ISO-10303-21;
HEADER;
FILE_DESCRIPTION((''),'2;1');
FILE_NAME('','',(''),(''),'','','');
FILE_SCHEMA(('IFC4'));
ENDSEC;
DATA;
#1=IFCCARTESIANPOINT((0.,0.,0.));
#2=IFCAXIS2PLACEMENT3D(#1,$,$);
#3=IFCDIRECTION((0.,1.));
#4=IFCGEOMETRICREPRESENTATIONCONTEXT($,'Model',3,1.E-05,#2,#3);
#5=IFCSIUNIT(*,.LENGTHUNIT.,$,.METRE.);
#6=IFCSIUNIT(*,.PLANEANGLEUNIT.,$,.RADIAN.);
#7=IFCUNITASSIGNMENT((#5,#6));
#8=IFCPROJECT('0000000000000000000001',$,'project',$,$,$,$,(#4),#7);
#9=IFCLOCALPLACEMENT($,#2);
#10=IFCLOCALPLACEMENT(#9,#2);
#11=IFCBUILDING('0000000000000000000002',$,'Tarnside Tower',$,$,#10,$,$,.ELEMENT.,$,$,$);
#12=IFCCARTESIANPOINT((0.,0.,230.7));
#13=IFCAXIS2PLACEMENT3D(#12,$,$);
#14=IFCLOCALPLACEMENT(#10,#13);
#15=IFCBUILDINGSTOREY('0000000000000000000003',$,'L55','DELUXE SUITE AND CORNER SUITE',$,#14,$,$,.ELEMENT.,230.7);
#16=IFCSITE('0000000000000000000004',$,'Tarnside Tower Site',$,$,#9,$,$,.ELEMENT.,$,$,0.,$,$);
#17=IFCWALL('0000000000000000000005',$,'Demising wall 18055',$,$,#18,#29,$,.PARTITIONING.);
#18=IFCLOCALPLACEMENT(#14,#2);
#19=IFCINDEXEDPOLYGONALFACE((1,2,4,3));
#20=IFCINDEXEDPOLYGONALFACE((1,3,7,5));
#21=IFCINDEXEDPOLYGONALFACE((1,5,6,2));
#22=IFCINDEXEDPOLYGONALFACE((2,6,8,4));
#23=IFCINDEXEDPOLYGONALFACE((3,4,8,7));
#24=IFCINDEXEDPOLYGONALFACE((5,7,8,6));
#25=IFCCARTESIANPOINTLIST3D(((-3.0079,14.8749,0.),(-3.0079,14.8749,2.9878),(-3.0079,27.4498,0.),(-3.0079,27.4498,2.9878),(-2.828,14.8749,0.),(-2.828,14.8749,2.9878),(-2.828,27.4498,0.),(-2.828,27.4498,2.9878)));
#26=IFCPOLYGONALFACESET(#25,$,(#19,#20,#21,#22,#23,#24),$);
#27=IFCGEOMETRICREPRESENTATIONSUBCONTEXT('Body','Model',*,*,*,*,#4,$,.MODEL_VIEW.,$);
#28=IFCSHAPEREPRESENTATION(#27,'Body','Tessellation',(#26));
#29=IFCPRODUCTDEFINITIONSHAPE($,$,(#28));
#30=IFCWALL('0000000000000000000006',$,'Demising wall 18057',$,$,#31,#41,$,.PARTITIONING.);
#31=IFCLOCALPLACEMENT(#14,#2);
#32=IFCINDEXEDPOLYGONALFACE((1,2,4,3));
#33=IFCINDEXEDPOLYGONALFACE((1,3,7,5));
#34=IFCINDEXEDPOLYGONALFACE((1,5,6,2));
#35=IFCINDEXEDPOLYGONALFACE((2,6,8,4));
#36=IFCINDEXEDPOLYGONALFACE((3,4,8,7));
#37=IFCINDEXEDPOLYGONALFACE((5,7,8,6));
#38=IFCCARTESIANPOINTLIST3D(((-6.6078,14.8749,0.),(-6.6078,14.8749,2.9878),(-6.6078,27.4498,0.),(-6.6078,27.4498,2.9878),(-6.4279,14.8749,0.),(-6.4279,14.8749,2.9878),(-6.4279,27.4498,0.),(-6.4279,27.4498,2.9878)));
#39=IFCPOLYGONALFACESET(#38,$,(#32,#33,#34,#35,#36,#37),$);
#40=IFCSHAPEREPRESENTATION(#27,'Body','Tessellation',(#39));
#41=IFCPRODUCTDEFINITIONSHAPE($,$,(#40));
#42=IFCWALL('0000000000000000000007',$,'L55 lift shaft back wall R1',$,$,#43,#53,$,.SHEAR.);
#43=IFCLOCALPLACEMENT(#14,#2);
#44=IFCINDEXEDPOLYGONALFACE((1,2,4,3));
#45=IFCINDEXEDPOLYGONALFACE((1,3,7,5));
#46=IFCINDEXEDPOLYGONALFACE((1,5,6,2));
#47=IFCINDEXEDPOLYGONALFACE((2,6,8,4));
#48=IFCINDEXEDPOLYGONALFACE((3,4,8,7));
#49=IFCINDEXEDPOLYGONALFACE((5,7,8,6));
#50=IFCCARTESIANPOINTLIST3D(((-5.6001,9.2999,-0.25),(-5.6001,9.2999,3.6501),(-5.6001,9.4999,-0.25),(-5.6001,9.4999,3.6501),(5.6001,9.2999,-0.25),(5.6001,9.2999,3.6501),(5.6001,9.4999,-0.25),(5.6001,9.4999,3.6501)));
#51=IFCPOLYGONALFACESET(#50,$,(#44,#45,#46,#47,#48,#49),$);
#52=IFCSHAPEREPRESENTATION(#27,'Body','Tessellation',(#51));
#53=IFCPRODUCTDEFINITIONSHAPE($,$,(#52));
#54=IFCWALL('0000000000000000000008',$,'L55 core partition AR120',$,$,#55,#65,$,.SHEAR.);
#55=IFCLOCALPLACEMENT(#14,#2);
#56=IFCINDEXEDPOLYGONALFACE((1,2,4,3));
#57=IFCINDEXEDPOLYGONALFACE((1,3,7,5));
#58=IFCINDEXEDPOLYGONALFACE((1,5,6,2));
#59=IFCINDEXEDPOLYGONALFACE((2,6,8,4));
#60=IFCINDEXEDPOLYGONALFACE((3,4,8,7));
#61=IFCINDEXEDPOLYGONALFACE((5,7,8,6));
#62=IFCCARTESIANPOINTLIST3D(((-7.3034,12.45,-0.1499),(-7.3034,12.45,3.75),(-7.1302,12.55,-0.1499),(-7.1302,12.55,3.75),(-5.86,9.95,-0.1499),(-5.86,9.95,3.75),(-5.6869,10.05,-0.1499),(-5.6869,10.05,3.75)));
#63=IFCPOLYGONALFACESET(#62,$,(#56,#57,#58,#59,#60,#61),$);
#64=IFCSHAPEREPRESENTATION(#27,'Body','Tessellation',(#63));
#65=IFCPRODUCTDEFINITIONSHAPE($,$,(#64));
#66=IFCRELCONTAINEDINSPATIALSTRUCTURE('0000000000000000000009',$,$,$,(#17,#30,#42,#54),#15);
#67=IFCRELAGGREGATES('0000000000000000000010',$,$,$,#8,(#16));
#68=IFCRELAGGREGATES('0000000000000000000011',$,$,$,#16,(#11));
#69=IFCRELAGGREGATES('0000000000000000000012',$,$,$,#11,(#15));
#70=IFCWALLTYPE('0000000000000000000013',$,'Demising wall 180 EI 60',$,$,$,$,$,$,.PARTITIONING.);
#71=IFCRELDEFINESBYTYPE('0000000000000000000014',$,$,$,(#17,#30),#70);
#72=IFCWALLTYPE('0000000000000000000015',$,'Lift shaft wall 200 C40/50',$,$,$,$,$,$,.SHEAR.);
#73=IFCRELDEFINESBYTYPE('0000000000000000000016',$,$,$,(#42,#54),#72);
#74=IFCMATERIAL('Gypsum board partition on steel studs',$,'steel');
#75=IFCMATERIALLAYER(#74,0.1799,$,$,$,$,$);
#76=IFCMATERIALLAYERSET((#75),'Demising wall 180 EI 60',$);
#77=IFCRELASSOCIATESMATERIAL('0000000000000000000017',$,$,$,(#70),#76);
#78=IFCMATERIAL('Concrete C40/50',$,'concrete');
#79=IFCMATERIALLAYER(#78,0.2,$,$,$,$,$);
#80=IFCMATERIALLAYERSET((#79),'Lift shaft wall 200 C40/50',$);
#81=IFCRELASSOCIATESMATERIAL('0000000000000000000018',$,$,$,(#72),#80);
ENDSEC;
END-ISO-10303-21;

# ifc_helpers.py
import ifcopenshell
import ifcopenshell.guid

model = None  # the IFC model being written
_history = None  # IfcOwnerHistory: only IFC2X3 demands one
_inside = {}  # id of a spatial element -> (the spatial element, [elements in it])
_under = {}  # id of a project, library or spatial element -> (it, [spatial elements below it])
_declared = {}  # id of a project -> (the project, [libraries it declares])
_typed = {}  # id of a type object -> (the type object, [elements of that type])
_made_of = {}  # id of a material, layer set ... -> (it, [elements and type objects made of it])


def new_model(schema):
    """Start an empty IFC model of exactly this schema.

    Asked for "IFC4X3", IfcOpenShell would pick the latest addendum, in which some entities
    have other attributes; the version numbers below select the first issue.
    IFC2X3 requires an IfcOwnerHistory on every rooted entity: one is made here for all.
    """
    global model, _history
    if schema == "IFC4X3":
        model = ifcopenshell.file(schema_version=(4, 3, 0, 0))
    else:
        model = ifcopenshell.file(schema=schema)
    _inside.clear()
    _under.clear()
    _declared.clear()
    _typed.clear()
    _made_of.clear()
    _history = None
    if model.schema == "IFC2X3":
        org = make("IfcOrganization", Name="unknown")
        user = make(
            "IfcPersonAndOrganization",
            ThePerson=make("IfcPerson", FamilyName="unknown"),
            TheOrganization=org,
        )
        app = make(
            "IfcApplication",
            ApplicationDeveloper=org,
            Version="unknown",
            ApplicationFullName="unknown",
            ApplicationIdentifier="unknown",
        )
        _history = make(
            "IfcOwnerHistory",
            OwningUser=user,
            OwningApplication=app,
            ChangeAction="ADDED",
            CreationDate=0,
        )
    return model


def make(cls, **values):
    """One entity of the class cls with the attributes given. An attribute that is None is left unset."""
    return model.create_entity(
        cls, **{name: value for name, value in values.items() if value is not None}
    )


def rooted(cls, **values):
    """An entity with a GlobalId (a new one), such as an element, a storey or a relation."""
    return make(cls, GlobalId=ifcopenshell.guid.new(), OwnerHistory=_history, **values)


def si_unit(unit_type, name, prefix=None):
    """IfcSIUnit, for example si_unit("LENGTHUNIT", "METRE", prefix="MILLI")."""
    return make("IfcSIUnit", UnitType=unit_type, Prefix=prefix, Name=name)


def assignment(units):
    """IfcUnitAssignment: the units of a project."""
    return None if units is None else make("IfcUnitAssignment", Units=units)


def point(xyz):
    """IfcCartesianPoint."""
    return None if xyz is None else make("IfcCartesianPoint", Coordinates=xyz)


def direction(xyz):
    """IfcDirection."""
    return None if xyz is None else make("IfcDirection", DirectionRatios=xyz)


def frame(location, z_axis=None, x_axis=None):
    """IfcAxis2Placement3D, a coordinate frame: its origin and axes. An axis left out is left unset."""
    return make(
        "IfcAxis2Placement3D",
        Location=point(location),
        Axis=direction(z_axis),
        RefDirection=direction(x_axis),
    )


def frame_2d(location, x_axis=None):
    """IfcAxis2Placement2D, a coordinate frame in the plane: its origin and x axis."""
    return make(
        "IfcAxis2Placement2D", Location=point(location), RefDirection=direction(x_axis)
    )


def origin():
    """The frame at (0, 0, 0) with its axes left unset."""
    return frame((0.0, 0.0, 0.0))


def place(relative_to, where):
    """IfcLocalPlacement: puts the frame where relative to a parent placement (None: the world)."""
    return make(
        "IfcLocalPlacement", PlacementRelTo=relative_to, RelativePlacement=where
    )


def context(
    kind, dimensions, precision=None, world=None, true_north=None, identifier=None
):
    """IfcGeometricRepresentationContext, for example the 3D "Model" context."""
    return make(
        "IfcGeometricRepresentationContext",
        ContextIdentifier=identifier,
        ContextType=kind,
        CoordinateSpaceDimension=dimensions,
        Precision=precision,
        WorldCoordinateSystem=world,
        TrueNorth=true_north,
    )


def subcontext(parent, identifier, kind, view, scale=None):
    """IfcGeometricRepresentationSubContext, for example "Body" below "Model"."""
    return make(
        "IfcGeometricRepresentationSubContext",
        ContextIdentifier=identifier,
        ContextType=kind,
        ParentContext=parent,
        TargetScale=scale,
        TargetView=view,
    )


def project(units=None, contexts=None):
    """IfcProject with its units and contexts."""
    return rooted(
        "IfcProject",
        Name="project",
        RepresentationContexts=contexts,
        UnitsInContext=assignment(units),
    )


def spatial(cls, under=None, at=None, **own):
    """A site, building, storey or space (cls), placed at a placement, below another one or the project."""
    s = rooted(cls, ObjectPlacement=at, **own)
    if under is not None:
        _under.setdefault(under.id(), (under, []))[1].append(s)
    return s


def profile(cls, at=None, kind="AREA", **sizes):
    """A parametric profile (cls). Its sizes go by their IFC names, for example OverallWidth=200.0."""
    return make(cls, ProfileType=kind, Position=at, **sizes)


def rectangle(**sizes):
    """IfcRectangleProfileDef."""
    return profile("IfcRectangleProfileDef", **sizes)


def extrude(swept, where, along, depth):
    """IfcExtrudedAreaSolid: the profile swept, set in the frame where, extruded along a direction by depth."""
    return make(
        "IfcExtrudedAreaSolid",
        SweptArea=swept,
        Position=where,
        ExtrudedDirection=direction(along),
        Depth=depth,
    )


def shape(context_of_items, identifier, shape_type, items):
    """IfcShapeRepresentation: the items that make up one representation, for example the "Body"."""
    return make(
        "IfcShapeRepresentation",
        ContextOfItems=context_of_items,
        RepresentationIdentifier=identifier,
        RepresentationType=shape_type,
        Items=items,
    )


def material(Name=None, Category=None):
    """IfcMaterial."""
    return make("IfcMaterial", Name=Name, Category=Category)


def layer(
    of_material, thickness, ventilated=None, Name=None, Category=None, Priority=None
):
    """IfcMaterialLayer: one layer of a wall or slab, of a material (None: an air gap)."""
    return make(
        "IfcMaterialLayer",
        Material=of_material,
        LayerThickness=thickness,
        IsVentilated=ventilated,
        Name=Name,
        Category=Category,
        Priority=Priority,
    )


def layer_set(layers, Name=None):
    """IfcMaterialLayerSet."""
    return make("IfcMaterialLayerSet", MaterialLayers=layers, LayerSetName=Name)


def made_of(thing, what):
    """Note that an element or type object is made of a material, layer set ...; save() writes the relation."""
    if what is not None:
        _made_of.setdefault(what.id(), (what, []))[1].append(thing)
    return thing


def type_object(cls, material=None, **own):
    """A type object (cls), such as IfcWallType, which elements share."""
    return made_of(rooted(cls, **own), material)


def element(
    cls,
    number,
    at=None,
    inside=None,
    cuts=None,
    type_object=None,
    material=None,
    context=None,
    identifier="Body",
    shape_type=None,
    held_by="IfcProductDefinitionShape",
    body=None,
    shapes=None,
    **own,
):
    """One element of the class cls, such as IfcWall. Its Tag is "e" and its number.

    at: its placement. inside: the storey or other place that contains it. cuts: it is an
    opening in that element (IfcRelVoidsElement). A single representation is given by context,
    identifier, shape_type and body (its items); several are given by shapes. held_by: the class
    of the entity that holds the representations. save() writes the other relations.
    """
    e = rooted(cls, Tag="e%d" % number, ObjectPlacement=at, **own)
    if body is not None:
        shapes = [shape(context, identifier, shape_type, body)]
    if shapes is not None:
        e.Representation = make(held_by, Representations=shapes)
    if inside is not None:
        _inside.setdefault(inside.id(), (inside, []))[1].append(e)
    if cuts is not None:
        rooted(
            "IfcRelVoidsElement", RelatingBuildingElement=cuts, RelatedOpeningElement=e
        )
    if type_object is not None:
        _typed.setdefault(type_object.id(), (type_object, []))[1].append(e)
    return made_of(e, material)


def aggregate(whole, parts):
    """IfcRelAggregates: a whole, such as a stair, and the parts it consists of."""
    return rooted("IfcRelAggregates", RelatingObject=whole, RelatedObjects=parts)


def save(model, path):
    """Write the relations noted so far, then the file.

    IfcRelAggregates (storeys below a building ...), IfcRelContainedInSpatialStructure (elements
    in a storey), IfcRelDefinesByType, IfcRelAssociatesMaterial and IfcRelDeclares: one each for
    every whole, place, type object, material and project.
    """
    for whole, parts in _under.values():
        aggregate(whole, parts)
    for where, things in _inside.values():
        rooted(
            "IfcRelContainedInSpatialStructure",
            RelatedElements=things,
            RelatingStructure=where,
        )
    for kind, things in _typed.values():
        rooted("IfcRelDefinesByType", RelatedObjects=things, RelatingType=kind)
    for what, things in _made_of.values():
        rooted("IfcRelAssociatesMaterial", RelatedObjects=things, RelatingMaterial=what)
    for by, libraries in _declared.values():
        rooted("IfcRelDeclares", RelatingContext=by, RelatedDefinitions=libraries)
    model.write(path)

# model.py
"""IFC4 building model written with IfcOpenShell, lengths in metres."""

from ifc_helpers import new_model, si_unit, direction, frame, frame_2d, origin, place, context, subcontext, project, spatial, rectangle, extrude, material, layer, layer_set, type_object, element, save


model = new_model("IFC4")

# Units and contexts
model_context = context("Model", 3, precision=1e-05, world=origin(), true_north=direction((0.0, 1.0)))
body_context = subcontext(model_context, "Body", "Model", "MODEL_VIEW")
ifc_project = project(units=[si_unit("LENGTHUNIT", "METRE"), si_unit("PLANEANGLEUNIT", "RADIAN")], contexts=[model_context])

# Site, building, storey
site_placement = place(None, origin())
site = spatial("IfcSite", under=ifc_project, at=site_placement, Name="Tarnside Tower Site", CompositionType="ELEMENT", RefElevation=0.0)
building_placement = place(site_placement, origin())
building = spatial("IfcBuilding", under=site, at=building_placement, Name="Tarnside Tower", CompositionType="ELEMENT")
storey_placement = place(building_placement, frame((0.0, 0.0, 230.7)))
storey = spatial("IfcBuildingStorey", under=building, at=storey_placement, Name="L55", Description="DELUXE SUITE AND CORNER SUITE", CompositionType="ELEMENT", Elevation=230.7)

# Shared definitions
ifc_material_1 = material(Name="Gypsum board partition on steel studs", Category="steel")

# Walls
ifc_layer_1 = layer(ifc_material_1, 0.1799)
ifc_layer_set_1 = layer_set([ifc_layer_1], Name="Demising wall 180 EI 60")
wall_type_1 = type_object("IfcWallType", Name="Demising wall 180 EI 60", PredefinedType="PARTITIONING", material=ifc_layer_set_1)
for number, where, z_axis, x_axis, name in (
    (1, (-2.918, 27.45, 0.0), (0.0, 0.0, 1.0), (0.0, -1.0, 0.0), "Demising wall 18055"),
    (2, (-6.5178, 27.45, 0.0), (0.0, 0.0, 1.0), (0.0, -1.0, 0.0), "Demising wall 18057"),
):
    element("IfcWall", number, at=place(storey_placement, frame(where, z_axis=z_axis, x_axis=x_axis)), inside=storey, type_object=wall_type_1, Name=name, PredefinedType="PARTITIONING", context=body_context, shape_type="SweptSolid", body=[
        extrude(rectangle(XDim=12.575, YDim=0.1799, at=frame_2d((6.2876, 0.0))), origin(), (0.0, 0.0, 1.0), 2.9878),
    ])
ifc_material_2 = material(Name="Concrete C40/50", Category="concrete")
ifc_layer_2 = layer(ifc_material_2, 0.2)
ifc_layer_set_2 = layer_set([ifc_layer_2], Name="Lift shaft wall 200 C40/50")
wall_type_2 = type_object("IfcWallType", Name="Lift shaft wall 200 C40/50", PredefinedType="SHEAR", material=ifc_layer_set_2)
wall_1_placement = place(storey_placement, frame((-5.6001, 9.3999, -0.25), z_axis=(0.0, 0.0, 1.0), x_axis=(1.0, 0.0, 0.0)))
element("IfcWall", 3, at=wall_1_placement, inside=storey, type_object=wall_type_2, Name="L55 lift shaft back wall R1", PredefinedType="SHEAR", context=body_context, shape_type="SweptSolid", body=[
    extrude(rectangle(XDim=11.2002, YDim=0.2, at=frame_2d((5.6001, 0.0))), origin(), (0.0, 0.0, 1.0), 3.9001),
])
wall_2_placement = place(storey_placement, frame((-5.7734, 10.0, -0.1499), z_axis=(0.0, 0.0, 1.0), x_axis=(-0.499996, 0.866028, 0.0)))
element("IfcWall", 4, at=wall_2_placement, inside=storey, type_object=wall_type_2, Name="L55 core partition AR120", PredefinedType="SHEAR", context=body_context, shape_type="SweptSolid", body=[
    extrude(rectangle(XDim=2.8867, YDim=0.2, at=frame_2d((1.4434, 0.0))), origin(), (0.0, 0.0, 1.0), 3.8999),
])

save(model, "model.ifc")
